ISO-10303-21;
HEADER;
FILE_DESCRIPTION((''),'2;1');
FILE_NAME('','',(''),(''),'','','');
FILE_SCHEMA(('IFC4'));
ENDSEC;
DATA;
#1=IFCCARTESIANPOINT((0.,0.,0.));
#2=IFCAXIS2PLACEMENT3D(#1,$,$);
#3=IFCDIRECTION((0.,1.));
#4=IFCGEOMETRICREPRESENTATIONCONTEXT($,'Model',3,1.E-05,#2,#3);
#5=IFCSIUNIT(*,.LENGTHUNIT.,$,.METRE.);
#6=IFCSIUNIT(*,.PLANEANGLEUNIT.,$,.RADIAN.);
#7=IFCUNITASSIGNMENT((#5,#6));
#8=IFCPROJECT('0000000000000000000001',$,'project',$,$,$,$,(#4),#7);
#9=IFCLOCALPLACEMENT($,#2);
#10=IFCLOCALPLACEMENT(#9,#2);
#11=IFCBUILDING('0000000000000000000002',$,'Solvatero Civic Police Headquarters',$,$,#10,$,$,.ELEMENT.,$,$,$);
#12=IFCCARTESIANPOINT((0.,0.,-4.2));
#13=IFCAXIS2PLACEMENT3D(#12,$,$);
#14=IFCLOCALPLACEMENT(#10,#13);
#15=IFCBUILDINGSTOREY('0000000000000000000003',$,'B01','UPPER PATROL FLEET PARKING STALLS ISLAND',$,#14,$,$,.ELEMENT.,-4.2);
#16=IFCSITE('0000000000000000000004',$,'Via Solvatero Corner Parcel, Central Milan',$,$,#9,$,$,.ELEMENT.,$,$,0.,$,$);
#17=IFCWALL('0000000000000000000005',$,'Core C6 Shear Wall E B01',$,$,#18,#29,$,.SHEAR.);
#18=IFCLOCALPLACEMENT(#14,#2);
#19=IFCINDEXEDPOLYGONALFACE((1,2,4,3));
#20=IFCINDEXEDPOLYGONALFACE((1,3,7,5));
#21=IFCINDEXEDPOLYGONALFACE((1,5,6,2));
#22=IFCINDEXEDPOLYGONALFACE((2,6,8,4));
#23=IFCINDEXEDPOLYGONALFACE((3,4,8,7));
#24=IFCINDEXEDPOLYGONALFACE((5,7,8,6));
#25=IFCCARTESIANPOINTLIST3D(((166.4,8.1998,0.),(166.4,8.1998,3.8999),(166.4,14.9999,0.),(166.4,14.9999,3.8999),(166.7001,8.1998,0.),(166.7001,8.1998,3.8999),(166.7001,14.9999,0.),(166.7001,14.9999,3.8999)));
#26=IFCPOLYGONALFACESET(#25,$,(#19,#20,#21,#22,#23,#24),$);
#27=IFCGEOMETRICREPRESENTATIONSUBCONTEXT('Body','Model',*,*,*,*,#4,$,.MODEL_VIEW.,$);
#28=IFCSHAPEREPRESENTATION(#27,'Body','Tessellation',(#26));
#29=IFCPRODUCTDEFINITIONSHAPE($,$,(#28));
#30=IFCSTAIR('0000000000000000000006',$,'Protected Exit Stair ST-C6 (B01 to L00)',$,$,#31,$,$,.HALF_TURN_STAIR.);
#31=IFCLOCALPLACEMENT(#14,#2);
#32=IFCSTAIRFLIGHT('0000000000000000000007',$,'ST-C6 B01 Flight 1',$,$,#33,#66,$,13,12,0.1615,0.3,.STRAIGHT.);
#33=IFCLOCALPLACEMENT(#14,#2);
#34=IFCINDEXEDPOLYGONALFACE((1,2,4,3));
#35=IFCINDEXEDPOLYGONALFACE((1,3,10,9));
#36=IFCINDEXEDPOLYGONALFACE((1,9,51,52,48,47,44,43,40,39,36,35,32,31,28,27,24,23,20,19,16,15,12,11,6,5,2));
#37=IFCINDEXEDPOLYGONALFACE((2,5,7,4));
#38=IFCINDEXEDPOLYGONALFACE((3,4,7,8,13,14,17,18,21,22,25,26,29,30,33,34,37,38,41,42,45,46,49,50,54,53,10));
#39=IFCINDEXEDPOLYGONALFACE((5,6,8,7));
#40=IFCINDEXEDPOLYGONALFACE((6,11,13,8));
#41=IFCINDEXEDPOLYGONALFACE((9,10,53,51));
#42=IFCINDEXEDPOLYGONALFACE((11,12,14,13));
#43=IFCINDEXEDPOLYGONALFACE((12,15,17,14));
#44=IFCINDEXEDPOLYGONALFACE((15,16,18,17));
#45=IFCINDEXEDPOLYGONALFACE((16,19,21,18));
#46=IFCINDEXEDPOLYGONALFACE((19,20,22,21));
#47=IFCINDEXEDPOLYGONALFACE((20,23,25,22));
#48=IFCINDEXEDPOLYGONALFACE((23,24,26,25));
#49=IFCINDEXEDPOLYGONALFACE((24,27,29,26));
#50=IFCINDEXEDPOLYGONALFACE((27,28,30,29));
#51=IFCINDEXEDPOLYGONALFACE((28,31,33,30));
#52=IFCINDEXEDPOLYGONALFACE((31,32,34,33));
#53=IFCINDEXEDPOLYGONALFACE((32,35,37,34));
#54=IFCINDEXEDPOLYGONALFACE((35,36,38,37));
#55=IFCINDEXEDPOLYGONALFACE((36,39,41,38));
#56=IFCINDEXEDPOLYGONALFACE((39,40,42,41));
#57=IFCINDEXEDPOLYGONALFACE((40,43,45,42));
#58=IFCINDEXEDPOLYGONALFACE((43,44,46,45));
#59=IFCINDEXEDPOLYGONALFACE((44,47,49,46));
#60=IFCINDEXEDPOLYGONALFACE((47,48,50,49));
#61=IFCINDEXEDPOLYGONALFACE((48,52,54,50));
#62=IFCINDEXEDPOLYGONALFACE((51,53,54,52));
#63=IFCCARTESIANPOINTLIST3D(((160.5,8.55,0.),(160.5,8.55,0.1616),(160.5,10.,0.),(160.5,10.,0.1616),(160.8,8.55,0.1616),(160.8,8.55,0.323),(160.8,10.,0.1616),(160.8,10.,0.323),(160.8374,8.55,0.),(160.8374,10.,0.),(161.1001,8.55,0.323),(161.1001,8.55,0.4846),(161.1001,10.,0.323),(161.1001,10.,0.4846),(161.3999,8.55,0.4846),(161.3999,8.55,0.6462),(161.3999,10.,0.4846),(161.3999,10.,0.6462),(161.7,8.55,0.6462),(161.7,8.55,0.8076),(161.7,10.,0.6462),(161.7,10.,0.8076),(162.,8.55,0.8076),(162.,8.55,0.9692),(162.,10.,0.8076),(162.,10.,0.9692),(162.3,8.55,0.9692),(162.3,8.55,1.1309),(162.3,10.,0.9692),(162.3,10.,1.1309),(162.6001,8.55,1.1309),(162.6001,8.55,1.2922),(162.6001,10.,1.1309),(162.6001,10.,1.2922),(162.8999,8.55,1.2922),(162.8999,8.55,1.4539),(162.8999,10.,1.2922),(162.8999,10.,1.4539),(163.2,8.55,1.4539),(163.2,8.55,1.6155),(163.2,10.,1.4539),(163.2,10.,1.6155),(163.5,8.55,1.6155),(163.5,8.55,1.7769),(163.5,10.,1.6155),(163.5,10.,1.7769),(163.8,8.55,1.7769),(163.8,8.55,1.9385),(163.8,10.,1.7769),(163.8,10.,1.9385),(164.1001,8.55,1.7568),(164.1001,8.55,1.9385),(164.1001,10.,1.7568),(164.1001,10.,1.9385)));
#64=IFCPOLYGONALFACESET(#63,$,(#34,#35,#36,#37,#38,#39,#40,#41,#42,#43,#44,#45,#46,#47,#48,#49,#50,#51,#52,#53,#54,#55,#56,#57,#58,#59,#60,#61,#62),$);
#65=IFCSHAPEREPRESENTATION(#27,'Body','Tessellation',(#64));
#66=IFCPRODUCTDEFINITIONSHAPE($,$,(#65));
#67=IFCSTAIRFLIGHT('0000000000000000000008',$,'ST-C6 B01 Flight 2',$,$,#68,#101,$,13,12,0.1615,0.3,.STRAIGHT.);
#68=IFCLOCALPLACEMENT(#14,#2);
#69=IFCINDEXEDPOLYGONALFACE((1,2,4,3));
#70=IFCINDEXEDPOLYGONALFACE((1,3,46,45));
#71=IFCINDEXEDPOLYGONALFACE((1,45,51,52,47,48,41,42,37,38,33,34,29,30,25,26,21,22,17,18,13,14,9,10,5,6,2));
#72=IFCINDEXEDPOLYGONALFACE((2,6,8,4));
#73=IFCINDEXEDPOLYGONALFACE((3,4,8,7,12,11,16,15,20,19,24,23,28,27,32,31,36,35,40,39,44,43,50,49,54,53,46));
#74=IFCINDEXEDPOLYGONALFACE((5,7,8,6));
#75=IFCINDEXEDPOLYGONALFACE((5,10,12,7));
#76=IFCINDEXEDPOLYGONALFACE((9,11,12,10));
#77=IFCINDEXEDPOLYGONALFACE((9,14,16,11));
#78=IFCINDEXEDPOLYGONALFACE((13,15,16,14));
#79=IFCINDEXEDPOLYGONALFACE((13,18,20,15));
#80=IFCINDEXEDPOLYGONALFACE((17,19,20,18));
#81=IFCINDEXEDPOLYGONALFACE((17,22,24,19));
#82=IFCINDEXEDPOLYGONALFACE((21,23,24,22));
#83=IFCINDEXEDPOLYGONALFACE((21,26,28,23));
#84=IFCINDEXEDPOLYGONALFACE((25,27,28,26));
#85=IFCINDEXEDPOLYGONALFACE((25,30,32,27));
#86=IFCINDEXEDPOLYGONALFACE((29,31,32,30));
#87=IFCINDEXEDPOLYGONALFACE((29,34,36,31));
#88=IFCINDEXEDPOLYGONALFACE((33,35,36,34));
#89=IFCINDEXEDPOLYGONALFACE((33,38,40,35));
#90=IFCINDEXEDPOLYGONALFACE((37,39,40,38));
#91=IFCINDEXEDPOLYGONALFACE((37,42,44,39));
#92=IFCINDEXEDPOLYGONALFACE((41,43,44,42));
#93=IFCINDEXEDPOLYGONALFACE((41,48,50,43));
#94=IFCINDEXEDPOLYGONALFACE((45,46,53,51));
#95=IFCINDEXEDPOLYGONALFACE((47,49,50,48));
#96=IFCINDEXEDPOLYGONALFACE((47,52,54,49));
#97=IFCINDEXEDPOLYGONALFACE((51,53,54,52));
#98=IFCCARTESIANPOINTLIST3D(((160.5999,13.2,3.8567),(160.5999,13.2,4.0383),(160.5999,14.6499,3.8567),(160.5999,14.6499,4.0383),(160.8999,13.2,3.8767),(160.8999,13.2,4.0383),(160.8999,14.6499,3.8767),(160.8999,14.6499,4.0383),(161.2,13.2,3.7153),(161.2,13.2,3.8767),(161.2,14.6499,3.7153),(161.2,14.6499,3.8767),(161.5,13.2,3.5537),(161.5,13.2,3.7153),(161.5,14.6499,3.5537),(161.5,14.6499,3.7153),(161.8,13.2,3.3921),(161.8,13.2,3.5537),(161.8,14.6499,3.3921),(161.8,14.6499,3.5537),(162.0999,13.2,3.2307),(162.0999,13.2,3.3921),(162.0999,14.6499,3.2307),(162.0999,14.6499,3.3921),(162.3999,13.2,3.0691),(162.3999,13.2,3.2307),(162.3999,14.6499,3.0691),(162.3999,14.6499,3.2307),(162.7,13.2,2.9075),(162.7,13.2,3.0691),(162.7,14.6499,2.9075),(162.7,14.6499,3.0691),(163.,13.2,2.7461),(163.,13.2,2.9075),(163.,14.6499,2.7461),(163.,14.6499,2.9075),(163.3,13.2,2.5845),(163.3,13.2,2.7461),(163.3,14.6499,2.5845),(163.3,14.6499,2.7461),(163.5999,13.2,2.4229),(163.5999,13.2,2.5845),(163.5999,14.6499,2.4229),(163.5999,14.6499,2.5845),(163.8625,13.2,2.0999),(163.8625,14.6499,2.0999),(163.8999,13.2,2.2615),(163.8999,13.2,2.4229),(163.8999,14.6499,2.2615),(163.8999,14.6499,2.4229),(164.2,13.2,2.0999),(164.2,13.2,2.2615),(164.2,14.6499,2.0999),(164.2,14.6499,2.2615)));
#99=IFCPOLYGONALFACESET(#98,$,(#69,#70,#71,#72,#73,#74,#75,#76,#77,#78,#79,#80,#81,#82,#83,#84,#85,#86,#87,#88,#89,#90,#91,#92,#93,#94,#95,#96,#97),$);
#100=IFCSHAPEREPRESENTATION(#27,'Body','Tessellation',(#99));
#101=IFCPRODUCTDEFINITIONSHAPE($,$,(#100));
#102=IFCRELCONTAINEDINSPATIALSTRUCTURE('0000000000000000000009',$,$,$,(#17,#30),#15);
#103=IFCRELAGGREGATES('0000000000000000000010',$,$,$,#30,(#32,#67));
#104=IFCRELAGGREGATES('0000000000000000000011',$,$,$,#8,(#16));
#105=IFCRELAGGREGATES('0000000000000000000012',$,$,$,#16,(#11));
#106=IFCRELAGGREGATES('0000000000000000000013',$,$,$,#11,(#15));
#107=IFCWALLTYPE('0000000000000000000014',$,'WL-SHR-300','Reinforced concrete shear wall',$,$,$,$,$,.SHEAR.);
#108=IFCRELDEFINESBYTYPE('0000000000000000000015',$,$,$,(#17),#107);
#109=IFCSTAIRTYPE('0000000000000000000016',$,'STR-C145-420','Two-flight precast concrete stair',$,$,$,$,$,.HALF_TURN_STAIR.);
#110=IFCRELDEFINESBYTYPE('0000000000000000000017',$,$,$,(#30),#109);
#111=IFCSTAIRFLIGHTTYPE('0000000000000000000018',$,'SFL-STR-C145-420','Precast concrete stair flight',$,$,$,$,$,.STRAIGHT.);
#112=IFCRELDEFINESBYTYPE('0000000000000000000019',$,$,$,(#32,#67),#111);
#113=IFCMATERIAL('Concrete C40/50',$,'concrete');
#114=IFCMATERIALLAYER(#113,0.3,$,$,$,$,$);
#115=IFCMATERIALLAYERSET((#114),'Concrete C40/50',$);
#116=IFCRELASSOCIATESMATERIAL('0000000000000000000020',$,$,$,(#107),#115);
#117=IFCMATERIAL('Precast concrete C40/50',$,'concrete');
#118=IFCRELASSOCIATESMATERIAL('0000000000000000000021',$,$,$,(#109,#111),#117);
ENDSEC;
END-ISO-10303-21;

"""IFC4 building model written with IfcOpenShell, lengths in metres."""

from ifc_helpers import new_model, si_unit, direction, frame, frame_2d, origin, place, context, subcontext, project, spatial, polyline, rectangle, outline, extrude, material, layer, layer_set, type_object, element, aggregate, save


model = new_model("IFC4")

# Units and contexts
model_context = context("Model", 3, precision=1e-05, world=origin(), true_north=direction((0.0, 1.0)))
body_context = subcontext(model_context, "Body", "Model", "MODEL_VIEW")
ifc_project = project(units=[si_unit("LENGTHUNIT", "METRE"), si_unit("PLANEANGLEUNIT", "RADIAN")], contexts=[model_context])

# Site, building, storey
site_placement = place(None, origin())
site = spatial("IfcSite", under=ifc_project, at=site_placement, Name="Via Solvatero Corner Parcel, Central Milan", CompositionType="ELEMENT", RefElevation=0.0)
building_placement = place(site_placement, origin())
building = spatial("IfcBuilding", under=site, at=building_placement, Name="Solvatero Civic Police Headquarters", CompositionType="ELEMENT")
storey_placement = place(building_placement, frame((0.0, 0.0, -4.2)))
storey = spatial("IfcBuildingStorey", under=building, at=storey_placement, Name="B01", Description="UPPER PATROL FLEET PARKING STALLS ISLAND", CompositionType="ELEMENT", Elevation=-4.2)

# Shared definitions
ifc_material_1 = material(Name="Concrete C40/50", Category="concrete")

# Shared definitions
ifc_layer_1 = layer(ifc_material_1, 0.3)
ifc_layer_set_1 = layer_set([ifc_layer_1], Name="Concrete C40/50")
wall_type_1 = type_object("IfcWallType", Name="WL-SHR-300", Description="Reinforced concrete shear wall", PredefinedType="SHEAR", material=ifc_layer_set_1)

# Wall
wall_1_placement = place(storey_placement, frame((166.55, 8.2, 0.0), z_axis=(0.0, 0.0, 1.0), x_axis=(0.0, 1.0, 0.0)))
element("IfcWall", 1, at=wall_1_placement, inside=storey, type_object=wall_type_1, Name="Core C6 Shear Wall E B01", PredefinedType="SHEAR", context=body_context, shape_type="SweptSolid", body=[
    extrude(rectangle(XDim=6.8, YDim=0.3, at=frame_2d((3.3999, 0.0))), origin(), (0.0, 0.0, 1.0), 3.8999),
])

# Stair, stair flights
ifc_material_2 = material(Name="Precast concrete C40/50", Category="concrete")
stair_type = type_object("IfcStairType", Name="STR-C145-420", Description="Two-flight precast concrete stair", PredefinedType="HALF_TURN_STAIR", material=ifc_material_2)
stair_placement = place(storey_placement, origin())
stair = element("IfcStair", 2, at=stair_placement, inside=storey, type_object=stair_type, Name="Protected Exit Stair ST-C6 (B01 to L00)", PredefinedType="HALF_TURN_STAIR")
stair_flight_type = type_object("IfcStairFlightType", Name="SFL-STR-C145-420", Description="Precast concrete stair flight", PredefinedType="STRAIGHT", material=ifc_material_2)
stair_flight_1_placement = place(storey_placement, frame((160.5, 9.2749, 0.0), z_axis=(0.0, 0.0, 1.0), x_axis=(1.0, 0.0, 0.0)))
stair_flight_1 = element("IfcStairFlight", 3, at=stair_flight_1_placement, type_object=stair_flight_type, Name="ST-C6 B01 Flight 1", NumberOfRisers=13, NumberOfTreads=12, PredefinedType="STRAIGHT", RiserHeight=0.1615, TreadLength=0.3, context=body_context, shape_type="SweptSolid", body=[
    extrude(outline(polyline([(0.0, 0.0), (0.0, 0.1616), (0.3, 0.1616), (0.3, 0.323), (0.6001, 0.323), (0.6001, 0.4846), (0.8999, 0.4846), (0.8999, 0.6462), (1.2, 0.6462), (1.2, 0.8076), (1.5, 0.8076), (1.5, 0.9692), (1.8, 0.9692), (1.8, 1.1309), (2.1001, 1.1309), (2.1001, 1.2922), (2.3999, 1.2922), (2.3999, 1.4539), (2.7, 1.4539), (2.7, 1.6155), (3.0, 1.6155), (3.0, 1.7769), (3.3, 1.7769), (3.3, 1.9385), (3.6001, 1.9385), (3.6001, 2.1001), (3.6001, 1.7568), (0.3374, 0.0), (0.0, 0.0)])), frame((0.0, 0.7251, 0.0), z_axis=(0.0, -1.0, 0.0), x_axis=(1.0, 0.0, 0.0)), (0.0, 0.0, 1.0), 1.45),
])
stair_flight_2_placement = place(storey_placement, frame((164.2, 13.925, 2.0999), z_axis=(0.0, 0.0, 1.0), x_axis=(-1.0, 0.0, 0.0)))
stair_flight_2 = element("IfcStairFlight", 4, at=stair_flight_2_placement, type_object=stair_flight_type, Name="ST-C6 B01 Flight 2", NumberOfRisers=13, NumberOfTreads=12, PredefinedType="STRAIGHT", RiserHeight=0.1615, TreadLength=0.3, context=body_context, shape_type="SweptSolid", body=[
    extrude(outline(polyline([(0.0, 0.0), (0.0, 0.1616), (0.3, 0.1616), (0.3, 0.323), (0.6001, 0.323), (0.6001, 0.4846), (0.8999, 0.4846), (0.8999, 0.6462), (1.2, 0.6462), (1.2, 0.8076), (1.5, 0.8076), (1.5, 0.9692), (1.8, 0.9692), (1.8, 1.1309), (2.1001, 1.1309), (2.1001, 1.2922), (2.3999, 1.2922), (2.3999, 1.4539), (2.7, 1.4539), (2.7, 1.6155), (3.0, 1.6155), (3.0, 1.7769), (3.3, 1.7769), (3.3, 1.9385), (3.6001, 1.9385), (3.6001, 2.1001), (3.6001, 1.7568), (0.3374, 0.0), (0.0, 0.0)])), frame((0.0, 0.7251, 0.0), z_axis=(0.0, -1.0, 0.0), x_axis=(1.0, 0.0, 0.0)), (0.0, 0.0, 1.0), 1.45),
])
aggregate(stair, [stair_flight_1, stair_flight_2])

save(model, "model.ifc")
